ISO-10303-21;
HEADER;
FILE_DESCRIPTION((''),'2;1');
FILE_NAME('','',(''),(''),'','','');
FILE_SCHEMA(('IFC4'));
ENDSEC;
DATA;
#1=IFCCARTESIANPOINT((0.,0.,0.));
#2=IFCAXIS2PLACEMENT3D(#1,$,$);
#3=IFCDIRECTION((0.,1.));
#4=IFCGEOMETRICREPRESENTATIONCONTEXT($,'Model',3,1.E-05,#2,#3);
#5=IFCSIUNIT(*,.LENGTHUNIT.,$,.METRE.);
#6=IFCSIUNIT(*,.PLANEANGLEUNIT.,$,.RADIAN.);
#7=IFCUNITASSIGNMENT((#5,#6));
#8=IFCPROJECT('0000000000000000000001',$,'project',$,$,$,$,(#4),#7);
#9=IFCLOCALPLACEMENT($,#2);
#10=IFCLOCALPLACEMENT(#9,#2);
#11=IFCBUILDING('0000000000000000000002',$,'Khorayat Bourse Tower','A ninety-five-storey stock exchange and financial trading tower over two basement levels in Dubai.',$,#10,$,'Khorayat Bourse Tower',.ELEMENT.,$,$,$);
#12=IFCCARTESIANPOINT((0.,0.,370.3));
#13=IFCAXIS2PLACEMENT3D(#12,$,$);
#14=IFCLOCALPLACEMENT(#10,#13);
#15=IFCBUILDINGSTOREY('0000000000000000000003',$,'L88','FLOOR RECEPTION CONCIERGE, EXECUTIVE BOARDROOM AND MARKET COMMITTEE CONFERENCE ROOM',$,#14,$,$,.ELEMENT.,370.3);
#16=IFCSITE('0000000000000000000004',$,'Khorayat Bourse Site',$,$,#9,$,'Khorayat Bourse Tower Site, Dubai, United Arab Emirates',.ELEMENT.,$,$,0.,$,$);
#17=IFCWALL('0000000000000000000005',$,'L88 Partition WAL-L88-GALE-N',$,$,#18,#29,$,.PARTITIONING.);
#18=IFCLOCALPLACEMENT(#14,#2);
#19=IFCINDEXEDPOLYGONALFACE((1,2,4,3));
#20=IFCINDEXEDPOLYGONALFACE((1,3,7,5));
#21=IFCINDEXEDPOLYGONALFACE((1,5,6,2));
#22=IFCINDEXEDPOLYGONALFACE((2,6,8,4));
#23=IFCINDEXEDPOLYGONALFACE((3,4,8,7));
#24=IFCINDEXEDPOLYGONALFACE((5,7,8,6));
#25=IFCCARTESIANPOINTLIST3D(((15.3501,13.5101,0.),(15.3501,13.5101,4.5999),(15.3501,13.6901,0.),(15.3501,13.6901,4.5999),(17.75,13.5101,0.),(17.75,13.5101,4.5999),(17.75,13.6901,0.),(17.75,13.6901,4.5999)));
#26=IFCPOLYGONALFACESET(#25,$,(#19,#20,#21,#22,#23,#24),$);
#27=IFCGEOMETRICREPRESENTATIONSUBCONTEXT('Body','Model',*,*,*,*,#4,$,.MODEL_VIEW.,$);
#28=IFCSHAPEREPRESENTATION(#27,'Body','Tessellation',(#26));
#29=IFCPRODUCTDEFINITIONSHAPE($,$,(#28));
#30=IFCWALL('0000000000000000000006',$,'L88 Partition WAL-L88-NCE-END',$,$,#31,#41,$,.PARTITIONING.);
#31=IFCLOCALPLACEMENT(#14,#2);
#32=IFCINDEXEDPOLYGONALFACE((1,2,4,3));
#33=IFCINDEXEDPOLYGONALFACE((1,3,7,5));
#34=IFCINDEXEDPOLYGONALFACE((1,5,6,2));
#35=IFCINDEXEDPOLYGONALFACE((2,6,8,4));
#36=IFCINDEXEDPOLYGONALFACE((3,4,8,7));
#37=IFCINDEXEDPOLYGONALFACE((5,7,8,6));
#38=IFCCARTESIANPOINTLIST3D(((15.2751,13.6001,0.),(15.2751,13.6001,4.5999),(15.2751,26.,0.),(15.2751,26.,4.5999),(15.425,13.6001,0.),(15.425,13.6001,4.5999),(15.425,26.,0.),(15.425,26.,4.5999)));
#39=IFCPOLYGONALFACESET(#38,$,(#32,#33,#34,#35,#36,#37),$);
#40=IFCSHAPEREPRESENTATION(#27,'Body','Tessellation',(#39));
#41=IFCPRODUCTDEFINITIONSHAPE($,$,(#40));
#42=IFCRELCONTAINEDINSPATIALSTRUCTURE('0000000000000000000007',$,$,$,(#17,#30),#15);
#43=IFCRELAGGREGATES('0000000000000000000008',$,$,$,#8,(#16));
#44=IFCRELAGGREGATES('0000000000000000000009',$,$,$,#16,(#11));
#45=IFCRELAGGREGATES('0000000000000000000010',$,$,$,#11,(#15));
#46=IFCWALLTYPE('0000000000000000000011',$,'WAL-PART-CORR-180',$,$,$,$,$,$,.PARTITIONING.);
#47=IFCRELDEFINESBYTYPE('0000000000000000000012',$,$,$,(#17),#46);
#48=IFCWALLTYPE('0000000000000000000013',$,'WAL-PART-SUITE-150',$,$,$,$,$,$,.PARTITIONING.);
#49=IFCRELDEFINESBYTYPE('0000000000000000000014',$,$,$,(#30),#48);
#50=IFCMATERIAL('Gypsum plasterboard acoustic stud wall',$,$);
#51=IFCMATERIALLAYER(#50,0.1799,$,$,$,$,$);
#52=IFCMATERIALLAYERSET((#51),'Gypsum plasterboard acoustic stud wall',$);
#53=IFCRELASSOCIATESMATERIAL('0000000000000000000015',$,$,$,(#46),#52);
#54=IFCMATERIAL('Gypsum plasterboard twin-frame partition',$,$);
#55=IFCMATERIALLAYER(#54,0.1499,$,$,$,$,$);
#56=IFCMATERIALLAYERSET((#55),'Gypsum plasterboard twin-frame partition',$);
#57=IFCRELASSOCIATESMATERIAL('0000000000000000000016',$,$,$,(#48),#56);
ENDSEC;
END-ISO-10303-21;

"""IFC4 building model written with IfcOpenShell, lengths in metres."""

from ifc_helpers import new_model, si_unit, direction, frame, frame_2d, origin, place, context, subcontext, project, spatial, rectangle, extrude, source, transform, mapped, material, layer, layer_set, type_object, element, save


model = new_model("IFC4")

# Units and contexts
model_context = context("Model", 3, precision=1e-05, world=origin(), true_north=direction((0.0, 1.0)))
body_context = subcontext(model_context, "Body", "Model", "MODEL_VIEW")
ifc_project = project(units=[si_unit("LENGTHUNIT", "METRE"), si_unit("PLANEANGLEUNIT", "RADIAN")], contexts=[model_context])

# Site, building, storey
site_placement = place(None, origin())
site = spatial("IfcSite", under=ifc_project, at=site_placement, Name="Khorayat Bourse Site", LongName="Khorayat Bourse Tower Site, Dubai, United Arab Emirates", CompositionType="ELEMENT", RefElevation=0.0)
building_placement = place(site_placement, origin())
building = spatial("IfcBuilding", under=site, at=building_placement, Name="Khorayat Bourse Tower", Description="A ninety-five-storey stock exchange and financial trading tower over two basement levels in Dubai.", LongName="Khorayat Bourse Tower", CompositionType="ELEMENT")
storey_placement = place(building_placement, frame((0.0, 0.0, 370.3)))
storey = spatial("IfcBuildingStorey", under=building, at=storey_placement, Name="L88", Description="FLOOR RECEPTION CONCIERGE, EXECUTIVE BOARDROOM AND MARKET COMMITTEE CONFERENCE ROOM", CompositionType="ELEMENT", Elevation=370.3)

# Walls
ifc_material_1 = material(Name="Gypsum plasterboard acoustic stud wall")
ifc_layer_1 = layer(ifc_material_1, 0.1799)
ifc_layer_set_1 = layer_set([ifc_layer_1], Name="Gypsum plasterboard acoustic stud wall")
wall_type_1 = type_object("IfcWallType", Name="WAL-PART-CORR-180", PredefinedType="PARTITIONING", material=ifc_layer_set_1)
shared_shape_1 = source(origin(), body_context, "Body", "SweptSolid", [
    extrude(rectangle(XDim=2.3999, YDim=0.1799, at=frame_2d((1.2, 0.0))), origin(), (0.0, 0.0, 1.0), 4.5999),
])
wall_1_placement = place(storey_placement, frame((15.3501, 13.6001, 0.0), z_axis=(0.0, 0.0, 1.0), x_axis=(1.0, 0.0, 0.0)))
element("IfcWall", 1, at=wall_1_placement, inside=storey, type_object=wall_type_1, Name="L88 Partition WAL-L88-GALE-N", PredefinedType="PARTITIONING", context=body_context, shape_type="MappedRepresentation", body=[
    mapped(shared_shape_1, transform((0.0, 0.0, 0.0), scale=1.0)),
])
ifc_material_2 = material(Name="Gypsum plasterboard twin-frame partition")
ifc_layer_2 = layer(ifc_material_2, 0.1499)
ifc_layer_set_2 = layer_set([ifc_layer_2], Name="Gypsum plasterboard twin-frame partition")
wall_type_2 = type_object("IfcWallType", Name="WAL-PART-SUITE-150", PredefinedType="PARTITIONING", material=ifc_layer_set_2)
shared_shape_2 = source(origin(), body_context, "Body", "SweptSolid", [
    extrude(rectangle(XDim=12.3999, YDim=0.1499, at=frame_2d((6.2, 0.0))), origin(), (0.0, 0.0, 1.0), 4.5999),
])
wall_2_placement = place(storey_placement, frame((15.3501, 13.6001, 0.0), z_axis=(0.0, 0.0, 1.0), x_axis=(0.0, 1.0, 0.0)))
element("IfcWall", 2, at=wall_2_placement, inside=storey, type_object=wall_type_2, Name="L88 Partition WAL-L88-NCE-END", PredefinedType="PARTITIONING", context=body_context, shape_type="MappedRepresentation", body=[
    mapped(shared_shape_2, transform((0.0, 0.0, 0.0), scale=1.0)),
])

save(model, "model.ifc")
